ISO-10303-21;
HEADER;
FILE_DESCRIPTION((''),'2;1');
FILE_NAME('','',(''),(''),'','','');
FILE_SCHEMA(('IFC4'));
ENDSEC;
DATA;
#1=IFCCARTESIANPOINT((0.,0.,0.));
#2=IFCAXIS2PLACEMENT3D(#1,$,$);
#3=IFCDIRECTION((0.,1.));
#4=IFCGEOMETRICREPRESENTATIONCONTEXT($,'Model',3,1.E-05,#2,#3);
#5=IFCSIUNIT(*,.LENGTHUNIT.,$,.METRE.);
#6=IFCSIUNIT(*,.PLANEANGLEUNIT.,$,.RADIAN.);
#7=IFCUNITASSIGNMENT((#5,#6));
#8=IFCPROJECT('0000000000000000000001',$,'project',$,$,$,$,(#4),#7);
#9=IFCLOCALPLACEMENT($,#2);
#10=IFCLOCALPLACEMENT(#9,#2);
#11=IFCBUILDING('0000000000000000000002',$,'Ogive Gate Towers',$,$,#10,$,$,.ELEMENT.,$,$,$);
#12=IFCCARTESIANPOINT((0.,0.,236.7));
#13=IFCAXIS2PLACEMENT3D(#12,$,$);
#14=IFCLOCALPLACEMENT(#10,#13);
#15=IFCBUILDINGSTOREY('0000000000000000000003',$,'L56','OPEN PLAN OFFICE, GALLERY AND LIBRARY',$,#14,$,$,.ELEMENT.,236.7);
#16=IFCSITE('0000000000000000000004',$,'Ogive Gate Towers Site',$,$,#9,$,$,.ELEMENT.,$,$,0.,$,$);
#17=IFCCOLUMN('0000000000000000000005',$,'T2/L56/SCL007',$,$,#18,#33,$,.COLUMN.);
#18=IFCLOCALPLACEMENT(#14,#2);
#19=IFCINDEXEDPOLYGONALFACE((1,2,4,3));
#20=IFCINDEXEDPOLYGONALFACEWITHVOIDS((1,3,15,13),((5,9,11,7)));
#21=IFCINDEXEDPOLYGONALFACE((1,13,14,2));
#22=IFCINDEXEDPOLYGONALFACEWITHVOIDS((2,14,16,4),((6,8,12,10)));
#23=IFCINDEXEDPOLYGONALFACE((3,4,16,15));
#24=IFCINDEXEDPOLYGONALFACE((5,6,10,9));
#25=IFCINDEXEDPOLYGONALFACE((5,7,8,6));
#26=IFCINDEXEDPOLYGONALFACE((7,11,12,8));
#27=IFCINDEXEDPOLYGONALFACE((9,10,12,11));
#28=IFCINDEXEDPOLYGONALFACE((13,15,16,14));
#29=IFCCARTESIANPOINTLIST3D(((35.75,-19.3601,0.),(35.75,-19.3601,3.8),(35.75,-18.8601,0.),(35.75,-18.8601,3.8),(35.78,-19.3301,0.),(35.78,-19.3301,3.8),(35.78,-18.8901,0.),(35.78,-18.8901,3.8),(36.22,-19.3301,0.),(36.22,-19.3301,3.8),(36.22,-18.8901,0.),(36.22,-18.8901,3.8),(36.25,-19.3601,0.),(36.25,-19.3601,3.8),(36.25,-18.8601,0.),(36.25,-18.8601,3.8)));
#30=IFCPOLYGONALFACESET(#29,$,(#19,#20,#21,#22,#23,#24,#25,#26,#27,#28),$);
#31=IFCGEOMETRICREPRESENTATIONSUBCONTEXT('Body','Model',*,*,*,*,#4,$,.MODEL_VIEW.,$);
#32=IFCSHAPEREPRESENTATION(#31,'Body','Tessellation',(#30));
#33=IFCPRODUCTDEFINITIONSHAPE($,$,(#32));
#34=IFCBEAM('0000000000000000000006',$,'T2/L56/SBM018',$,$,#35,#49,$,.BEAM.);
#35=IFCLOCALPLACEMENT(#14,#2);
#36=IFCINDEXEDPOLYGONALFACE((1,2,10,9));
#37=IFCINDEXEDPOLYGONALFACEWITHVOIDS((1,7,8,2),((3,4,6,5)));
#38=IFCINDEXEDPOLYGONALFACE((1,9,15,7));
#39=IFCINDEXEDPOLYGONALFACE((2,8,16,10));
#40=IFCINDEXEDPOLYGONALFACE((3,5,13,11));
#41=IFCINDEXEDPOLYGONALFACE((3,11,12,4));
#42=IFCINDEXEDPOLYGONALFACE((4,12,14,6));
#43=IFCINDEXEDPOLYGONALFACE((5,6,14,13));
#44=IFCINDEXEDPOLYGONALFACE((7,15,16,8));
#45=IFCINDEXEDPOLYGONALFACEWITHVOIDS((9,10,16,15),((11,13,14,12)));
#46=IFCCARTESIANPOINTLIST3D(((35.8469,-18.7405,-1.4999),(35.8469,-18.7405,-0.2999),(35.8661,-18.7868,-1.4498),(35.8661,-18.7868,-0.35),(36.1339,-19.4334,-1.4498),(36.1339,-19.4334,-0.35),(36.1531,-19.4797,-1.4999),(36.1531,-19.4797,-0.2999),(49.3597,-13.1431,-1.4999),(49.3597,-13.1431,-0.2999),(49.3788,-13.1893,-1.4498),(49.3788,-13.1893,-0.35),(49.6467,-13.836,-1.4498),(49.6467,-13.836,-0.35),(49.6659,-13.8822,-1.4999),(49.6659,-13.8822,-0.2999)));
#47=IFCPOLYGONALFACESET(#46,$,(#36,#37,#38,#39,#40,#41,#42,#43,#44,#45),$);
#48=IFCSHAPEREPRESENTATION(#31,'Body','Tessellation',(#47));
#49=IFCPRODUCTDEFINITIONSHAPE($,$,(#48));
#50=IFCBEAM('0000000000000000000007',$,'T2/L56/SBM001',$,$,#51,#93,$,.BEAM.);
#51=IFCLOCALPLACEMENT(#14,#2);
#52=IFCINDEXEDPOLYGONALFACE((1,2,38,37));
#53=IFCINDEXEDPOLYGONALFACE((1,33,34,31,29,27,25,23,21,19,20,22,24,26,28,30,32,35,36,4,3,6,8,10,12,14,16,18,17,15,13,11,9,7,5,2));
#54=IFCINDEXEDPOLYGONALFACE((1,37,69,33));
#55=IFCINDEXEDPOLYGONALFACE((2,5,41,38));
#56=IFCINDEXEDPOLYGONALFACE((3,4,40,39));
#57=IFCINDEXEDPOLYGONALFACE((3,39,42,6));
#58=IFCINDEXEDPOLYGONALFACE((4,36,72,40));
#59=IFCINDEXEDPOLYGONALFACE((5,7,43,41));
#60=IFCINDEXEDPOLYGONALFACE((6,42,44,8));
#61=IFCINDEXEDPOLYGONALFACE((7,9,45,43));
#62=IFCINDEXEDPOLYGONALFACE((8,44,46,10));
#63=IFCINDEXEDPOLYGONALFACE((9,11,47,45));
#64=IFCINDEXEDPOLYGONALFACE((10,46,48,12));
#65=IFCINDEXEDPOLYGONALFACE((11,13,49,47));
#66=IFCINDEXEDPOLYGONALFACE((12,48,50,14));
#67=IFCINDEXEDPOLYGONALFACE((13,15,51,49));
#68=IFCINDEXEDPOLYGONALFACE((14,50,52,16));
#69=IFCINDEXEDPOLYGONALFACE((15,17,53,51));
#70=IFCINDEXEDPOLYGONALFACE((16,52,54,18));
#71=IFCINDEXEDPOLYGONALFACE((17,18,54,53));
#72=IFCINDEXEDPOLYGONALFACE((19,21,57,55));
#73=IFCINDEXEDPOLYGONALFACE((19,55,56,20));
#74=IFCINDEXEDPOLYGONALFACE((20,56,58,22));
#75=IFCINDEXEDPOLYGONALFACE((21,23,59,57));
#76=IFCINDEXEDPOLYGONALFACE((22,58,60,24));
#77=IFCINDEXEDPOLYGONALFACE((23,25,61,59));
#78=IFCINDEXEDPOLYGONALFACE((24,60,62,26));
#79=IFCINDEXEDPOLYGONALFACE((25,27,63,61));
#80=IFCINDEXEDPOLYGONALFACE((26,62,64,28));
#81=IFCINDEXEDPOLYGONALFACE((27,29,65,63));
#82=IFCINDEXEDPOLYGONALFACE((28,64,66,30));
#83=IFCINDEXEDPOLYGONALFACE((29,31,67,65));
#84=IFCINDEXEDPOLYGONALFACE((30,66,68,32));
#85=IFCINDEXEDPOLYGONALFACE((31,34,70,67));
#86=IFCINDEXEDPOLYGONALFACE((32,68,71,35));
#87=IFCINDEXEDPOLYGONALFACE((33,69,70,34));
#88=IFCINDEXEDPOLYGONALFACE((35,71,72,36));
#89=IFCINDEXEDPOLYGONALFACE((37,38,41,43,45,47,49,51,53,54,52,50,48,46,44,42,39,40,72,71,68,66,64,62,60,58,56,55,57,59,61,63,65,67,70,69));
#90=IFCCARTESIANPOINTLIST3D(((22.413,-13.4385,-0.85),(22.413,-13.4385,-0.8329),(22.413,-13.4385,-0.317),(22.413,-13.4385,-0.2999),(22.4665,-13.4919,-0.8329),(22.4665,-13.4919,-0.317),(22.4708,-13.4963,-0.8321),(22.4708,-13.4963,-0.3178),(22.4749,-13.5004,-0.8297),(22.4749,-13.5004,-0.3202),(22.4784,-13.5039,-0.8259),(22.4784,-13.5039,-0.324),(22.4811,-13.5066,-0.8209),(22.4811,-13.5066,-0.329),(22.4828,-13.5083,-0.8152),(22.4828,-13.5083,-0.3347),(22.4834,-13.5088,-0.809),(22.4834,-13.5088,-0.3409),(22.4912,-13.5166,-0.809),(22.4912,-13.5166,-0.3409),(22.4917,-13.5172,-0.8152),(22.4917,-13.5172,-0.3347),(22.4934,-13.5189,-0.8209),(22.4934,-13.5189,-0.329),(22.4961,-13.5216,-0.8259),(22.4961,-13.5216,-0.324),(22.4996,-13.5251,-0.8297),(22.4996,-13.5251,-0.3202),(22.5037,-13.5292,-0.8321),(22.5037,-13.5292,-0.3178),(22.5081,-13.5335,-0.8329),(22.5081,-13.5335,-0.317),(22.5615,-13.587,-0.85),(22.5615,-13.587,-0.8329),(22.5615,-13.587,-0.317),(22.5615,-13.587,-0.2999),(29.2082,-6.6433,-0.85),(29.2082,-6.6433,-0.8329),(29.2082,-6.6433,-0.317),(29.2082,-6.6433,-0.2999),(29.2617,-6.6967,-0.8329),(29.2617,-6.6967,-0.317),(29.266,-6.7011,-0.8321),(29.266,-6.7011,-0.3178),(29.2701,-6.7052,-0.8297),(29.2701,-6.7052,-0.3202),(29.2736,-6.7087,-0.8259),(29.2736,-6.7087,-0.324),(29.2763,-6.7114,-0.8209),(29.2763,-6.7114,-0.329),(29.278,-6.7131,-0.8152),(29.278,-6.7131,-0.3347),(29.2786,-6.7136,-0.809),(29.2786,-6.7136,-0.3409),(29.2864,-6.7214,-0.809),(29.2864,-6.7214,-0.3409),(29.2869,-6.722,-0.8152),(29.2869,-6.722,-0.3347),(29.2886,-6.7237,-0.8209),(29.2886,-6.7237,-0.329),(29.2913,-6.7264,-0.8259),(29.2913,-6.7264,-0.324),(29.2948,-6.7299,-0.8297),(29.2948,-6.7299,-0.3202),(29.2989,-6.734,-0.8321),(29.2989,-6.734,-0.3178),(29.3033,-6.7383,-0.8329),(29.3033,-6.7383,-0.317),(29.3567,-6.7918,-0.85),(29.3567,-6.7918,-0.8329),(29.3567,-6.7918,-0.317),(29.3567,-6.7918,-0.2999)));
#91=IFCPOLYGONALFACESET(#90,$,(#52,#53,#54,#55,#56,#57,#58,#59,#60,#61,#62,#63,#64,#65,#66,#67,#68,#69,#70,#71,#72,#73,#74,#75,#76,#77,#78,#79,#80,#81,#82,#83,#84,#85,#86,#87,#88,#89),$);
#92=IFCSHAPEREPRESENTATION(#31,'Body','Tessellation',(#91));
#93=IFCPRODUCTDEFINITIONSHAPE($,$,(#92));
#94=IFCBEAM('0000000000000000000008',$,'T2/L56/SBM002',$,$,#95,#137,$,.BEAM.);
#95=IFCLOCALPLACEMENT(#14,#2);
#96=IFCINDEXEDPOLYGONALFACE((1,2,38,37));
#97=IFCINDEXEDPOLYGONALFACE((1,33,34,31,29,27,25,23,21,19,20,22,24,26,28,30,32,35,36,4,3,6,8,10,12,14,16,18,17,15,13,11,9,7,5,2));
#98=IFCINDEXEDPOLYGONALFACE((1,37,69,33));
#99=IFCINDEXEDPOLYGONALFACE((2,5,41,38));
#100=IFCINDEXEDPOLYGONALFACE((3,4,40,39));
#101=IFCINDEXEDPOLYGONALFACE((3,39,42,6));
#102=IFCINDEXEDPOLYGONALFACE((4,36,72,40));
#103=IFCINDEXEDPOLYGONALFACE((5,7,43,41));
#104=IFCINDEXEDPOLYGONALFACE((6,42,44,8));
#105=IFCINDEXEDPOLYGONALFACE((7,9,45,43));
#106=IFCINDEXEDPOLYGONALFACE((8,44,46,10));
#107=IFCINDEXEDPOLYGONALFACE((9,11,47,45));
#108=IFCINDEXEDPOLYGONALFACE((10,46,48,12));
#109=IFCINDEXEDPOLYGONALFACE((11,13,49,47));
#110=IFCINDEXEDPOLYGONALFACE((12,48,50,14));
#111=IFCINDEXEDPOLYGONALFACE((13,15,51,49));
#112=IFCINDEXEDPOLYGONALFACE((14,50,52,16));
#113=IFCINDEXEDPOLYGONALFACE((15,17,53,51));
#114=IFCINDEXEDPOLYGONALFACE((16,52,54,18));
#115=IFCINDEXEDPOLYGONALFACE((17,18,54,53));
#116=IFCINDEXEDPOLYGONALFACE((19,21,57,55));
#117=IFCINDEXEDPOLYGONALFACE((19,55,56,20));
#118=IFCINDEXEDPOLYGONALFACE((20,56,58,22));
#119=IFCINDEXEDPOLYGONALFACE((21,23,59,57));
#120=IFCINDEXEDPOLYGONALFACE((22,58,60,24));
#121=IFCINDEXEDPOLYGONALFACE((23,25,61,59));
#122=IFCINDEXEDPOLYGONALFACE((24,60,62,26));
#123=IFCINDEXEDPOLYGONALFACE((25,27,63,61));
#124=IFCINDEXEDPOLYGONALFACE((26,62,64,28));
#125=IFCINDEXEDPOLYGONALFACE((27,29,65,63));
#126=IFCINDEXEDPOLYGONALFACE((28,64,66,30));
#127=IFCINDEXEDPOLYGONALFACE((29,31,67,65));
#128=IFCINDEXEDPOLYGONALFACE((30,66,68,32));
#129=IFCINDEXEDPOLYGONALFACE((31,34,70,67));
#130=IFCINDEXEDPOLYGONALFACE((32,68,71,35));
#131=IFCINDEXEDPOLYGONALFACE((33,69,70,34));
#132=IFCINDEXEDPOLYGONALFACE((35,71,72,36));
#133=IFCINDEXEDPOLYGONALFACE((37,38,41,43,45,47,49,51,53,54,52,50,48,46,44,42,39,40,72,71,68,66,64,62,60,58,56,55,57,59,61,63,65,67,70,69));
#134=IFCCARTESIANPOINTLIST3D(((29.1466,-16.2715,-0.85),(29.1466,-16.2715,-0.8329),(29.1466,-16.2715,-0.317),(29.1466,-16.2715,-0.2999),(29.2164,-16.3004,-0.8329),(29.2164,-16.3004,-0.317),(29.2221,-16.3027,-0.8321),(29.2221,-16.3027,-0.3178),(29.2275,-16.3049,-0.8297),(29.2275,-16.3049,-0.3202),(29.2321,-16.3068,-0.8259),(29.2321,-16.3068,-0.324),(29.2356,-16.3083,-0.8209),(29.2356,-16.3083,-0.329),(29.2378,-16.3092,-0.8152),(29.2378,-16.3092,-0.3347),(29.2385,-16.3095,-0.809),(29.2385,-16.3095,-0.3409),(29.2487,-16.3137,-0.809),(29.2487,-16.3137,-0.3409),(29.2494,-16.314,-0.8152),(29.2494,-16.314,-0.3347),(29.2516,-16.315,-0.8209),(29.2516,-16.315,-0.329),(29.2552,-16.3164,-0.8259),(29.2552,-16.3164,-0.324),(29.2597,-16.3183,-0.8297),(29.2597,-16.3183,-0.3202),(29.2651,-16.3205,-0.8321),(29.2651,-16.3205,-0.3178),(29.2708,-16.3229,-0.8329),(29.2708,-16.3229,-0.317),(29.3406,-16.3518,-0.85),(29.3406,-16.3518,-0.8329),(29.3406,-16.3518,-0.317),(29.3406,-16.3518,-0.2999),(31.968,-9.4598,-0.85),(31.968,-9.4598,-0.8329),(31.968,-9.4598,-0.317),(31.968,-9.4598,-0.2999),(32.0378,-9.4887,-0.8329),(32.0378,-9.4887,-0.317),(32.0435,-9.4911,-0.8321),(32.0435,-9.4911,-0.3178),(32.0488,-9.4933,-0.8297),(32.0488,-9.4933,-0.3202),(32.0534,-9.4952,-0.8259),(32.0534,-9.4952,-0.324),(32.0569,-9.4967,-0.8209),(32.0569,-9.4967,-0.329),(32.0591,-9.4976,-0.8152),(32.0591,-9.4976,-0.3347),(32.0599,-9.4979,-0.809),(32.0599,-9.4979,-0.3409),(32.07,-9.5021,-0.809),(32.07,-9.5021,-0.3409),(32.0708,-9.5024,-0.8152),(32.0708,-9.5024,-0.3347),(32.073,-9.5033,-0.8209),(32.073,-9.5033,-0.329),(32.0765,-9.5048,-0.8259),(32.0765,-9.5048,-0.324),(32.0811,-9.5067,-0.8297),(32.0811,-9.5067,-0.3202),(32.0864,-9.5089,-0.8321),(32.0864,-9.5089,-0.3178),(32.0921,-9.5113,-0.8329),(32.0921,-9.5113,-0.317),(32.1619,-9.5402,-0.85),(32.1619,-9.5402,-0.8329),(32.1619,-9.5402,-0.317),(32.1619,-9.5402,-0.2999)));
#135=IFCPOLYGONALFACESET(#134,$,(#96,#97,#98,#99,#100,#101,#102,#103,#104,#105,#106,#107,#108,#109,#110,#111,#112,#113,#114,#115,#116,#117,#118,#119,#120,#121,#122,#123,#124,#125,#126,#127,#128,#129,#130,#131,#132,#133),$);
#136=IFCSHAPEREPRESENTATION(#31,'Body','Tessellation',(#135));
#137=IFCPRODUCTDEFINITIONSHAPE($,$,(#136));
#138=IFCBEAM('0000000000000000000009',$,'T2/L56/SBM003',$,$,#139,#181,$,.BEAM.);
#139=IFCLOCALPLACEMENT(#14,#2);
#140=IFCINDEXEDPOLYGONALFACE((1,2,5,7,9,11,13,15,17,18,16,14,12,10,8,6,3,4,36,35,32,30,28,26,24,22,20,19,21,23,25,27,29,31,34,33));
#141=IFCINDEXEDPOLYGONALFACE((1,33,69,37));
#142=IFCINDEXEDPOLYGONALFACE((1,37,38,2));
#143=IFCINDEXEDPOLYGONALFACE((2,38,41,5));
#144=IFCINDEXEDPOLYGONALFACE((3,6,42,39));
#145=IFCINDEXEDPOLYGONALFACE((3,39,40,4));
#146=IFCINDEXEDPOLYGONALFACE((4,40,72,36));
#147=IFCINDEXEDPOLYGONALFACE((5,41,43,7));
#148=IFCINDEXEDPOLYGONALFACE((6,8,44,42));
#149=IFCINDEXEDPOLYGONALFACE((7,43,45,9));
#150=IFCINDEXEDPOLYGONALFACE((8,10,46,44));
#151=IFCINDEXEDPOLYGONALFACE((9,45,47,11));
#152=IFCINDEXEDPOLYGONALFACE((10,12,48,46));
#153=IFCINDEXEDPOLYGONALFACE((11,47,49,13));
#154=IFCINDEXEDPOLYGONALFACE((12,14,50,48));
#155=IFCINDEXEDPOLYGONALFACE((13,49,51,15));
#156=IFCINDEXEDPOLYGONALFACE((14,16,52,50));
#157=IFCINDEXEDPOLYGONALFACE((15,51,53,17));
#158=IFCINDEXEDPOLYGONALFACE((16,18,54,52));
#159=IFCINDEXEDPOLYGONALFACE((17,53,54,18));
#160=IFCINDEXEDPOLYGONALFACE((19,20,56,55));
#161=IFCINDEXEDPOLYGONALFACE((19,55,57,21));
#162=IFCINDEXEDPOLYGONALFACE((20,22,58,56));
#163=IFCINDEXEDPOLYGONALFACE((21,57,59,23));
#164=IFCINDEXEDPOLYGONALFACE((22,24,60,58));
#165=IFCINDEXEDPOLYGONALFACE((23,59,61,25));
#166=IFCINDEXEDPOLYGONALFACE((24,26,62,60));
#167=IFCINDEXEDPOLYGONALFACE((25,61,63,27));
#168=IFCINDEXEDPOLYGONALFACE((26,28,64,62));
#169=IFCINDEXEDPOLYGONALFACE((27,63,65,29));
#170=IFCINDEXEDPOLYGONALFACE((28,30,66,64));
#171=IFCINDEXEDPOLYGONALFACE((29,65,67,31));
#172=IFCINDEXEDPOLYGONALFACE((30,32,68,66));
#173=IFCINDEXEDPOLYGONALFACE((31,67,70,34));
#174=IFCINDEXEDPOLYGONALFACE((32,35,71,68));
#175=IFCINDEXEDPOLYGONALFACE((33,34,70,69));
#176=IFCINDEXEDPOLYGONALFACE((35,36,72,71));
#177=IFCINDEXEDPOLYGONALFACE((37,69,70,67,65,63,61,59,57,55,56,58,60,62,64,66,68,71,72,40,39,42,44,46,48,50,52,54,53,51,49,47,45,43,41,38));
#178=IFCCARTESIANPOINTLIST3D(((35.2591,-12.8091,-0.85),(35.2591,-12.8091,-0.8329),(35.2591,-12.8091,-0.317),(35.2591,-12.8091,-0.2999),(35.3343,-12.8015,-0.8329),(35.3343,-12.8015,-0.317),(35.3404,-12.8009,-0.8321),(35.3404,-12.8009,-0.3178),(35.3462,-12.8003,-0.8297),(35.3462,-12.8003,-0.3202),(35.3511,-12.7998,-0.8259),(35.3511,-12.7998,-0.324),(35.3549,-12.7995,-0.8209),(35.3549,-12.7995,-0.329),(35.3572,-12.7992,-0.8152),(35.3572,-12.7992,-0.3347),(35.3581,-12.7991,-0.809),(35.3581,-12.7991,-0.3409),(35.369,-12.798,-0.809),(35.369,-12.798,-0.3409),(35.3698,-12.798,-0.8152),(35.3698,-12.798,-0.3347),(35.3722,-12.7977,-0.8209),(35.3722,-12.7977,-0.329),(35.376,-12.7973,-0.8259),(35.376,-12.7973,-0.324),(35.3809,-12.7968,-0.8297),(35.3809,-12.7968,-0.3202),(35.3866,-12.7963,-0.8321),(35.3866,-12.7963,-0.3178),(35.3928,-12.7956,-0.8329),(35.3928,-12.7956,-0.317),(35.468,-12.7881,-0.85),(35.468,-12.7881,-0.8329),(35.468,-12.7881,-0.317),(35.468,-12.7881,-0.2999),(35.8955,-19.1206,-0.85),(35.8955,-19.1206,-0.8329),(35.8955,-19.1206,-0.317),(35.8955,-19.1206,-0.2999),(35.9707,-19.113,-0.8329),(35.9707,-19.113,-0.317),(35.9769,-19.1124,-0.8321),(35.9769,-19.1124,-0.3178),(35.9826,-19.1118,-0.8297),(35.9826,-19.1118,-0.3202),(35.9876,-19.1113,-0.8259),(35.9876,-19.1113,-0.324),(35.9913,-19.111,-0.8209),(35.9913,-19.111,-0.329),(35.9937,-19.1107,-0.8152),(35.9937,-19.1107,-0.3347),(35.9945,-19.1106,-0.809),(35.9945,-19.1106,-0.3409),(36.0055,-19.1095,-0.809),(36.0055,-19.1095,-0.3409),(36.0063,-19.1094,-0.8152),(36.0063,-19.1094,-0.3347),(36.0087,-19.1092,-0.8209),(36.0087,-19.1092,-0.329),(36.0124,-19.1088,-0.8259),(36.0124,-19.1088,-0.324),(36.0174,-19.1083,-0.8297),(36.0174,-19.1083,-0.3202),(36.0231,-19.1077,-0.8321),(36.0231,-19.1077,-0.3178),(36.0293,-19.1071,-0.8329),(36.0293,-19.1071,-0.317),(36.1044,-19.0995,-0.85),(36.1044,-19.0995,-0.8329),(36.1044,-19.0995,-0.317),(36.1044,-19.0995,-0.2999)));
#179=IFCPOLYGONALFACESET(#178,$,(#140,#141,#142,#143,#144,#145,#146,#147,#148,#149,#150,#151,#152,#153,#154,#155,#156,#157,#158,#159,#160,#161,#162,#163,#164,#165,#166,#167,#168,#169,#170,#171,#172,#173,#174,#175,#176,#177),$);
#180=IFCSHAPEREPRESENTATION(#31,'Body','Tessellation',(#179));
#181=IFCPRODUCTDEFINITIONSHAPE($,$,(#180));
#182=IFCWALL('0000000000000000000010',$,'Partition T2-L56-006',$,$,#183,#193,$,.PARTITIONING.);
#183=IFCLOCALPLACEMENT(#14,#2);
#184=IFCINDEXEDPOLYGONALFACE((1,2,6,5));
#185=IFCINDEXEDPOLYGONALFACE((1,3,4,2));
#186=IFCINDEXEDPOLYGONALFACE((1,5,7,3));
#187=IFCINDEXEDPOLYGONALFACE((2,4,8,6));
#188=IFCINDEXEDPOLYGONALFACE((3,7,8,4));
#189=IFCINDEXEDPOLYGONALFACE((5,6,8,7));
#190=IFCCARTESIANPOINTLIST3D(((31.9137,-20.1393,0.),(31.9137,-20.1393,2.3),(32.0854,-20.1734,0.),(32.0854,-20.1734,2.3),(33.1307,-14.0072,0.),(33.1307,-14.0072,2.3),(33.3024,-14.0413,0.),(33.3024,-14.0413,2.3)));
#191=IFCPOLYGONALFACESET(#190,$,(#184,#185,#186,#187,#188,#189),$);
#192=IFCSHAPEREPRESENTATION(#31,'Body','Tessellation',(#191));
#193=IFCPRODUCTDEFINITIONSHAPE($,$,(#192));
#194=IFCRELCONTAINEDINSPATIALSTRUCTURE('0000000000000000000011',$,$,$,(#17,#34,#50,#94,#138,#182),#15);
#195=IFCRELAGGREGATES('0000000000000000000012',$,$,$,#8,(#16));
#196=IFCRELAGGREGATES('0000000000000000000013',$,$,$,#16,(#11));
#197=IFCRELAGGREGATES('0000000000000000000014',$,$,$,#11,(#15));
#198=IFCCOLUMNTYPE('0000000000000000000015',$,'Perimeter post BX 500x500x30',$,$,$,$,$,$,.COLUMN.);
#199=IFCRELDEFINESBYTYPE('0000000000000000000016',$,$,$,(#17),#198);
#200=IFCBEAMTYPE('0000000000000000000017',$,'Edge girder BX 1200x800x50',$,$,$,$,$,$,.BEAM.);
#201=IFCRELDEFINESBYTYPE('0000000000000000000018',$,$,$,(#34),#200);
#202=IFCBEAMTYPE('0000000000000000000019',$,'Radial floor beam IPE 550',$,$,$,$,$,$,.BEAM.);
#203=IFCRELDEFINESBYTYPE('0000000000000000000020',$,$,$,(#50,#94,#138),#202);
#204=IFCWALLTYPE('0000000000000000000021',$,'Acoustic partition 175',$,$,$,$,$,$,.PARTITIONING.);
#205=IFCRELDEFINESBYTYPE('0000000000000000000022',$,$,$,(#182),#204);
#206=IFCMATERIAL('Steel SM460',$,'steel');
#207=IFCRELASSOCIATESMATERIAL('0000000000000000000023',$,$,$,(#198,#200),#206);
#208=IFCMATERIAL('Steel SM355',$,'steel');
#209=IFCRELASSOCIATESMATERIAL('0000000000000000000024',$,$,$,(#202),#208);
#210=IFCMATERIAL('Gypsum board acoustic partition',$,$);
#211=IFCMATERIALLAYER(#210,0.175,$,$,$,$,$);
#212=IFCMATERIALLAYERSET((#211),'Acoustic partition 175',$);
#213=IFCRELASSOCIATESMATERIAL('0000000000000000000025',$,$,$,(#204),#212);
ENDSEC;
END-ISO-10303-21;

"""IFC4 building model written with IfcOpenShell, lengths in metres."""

from ifc_helpers import new_model, si_unit, direction, frame, frame_2d, origin, origin_2d, place, context, subcontext, project, spatial, rectangle, hollow_rectangle, i_section, extrude, material, layer, layer_set, material_profile, profile_set, type_object, element, save


model = new_model("IFC4")

# Units and contexts
model_context = context("Model", 3, precision=1e-05, world=origin(), true_north=direction((0.0, 1.0)))
body_context = subcontext(model_context, "Body", "Model", "MODEL_VIEW")
ifc_project = project(units=[si_unit("LENGTHUNIT", "METRE"), si_unit("PLANEANGLEUNIT", "RADIAN")], contexts=[model_context])

# Site, building, storey
site_placement = place(None, origin())
site = spatial("IfcSite", under=ifc_project, at=site_placement, Name="Ogive Gate Towers Site", CompositionType="ELEMENT", RefElevation=0.0)
building_placement = place(site_placement, origin())
building = spatial("IfcBuilding", under=site, at=building_placement, Name="Ogive Gate Towers", CompositionType="ELEMENT")
storey_placement = place(building_placement, frame((0.0, 0.0, 236.7)))
storey = spatial("IfcBuildingStorey", under=building, at=storey_placement, Name="L56", Description="OPEN PLAN OFFICE, GALLERY AND LIBRARY", CompositionType="ELEMENT", Elevation=236.7)

# Column
ifc_material_1 = material(Name="Steel SM460", Category="steel")
ifc_material_profile_1 = material_profile(ifc_material_1, hollow_rectangle(XDim=0.5, YDim=0.5, WallThickness=0.03, at=origin_2d()), Name="BX 500x500x30")
ifc_profile_set_1 = profile_set([ifc_material_profile_1], Name="Steel SM460")
column_type = type_object("IfcColumnType", Name="Perimeter post BX 500x500x30", PredefinedType="COLUMN", material=ifc_profile_set_1)
column_placement = place(storey_placement, frame((36.0, -19.1101, 0.0), z_axis=(0.0, 0.0, 1.0), x_axis=(1.0, 0.0, 0.0)))
element("IfcColumn", 1, at=column_placement, inside=storey, type_object=column_type, Name="T2/L56/SCL007", PredefinedType="COLUMN", context=body_context, shape_type="SweptSolid", body=[
    extrude(hollow_rectangle(XDim=0.5, YDim=0.5, WallThickness=0.03, at=origin_2d()), origin(), (0.0, 0.0, 1.0), 3.8),
])

# Beams
ifc_material_profile_2 = material_profile(ifc_material_1, hollow_rectangle(XDim=0.8, YDim=1.2, WallThickness=0.05, at=origin_2d()), Name="BX 1200x800x50")
ifc_profile_set_2 = profile_set([ifc_material_profile_2], Name="Steel SM460")
beam_type_1 = type_object("IfcBeamType", Name="Edge girder BX 1200x800x50", PredefinedType="BEAM", material=ifc_profile_set_2)
beam_1_placement = place(storey_placement, frame((36.0, -19.1101, -0.8999), z_axis=(0.923873, 0.382699, 0.0), x_axis=(-0.382699, 0.923873, 0.0)))
element("IfcBeam", 2, at=beam_1_placement, inside=storey, type_object=beam_type_1, Name="T2/L56/SBM018", PredefinedType="BEAM", context=body_context, shape_type="SweptSolid", body=[
    extrude(hollow_rectangle(XDim=0.8, YDim=1.2, WallThickness=0.05, at=origin_2d()), origin(), (0.0, 0.0, 1.0), 14.6262),
])
ifc_material_2 = material(Name="Steel SM355", Category="steel")
ifc_material_profile_3 = material_profile(ifc_material_2, i_section(OverallWidth=0.21, OverallDepth=0.55, WebThickness=0.011, FlangeThickness=0.0171, FilletRadius=0.0239, at=origin_2d()), Name="IPE 550")
ifc_profile_set_3 = profile_set([ifc_material_profile_3], Name="Steel SM355")
beam_type_2 = type_object("IfcBeamType", Name="Radial floor beam IPE 550", PredefinedType="BEAM", material=ifc_profile_set_3)
beam_2_placement = place(storey_placement, frame((29.2825, -6.7175, -0.575), z_axis=(-0.707107, -0.707107, 0.0), x_axis=(0.707107, -0.707107, 0.0)))
element("IfcBeam", 3, at=beam_2_placement, inside=storey, type_object=beam_type_2, Name="T2/L56/SBM001", PredefinedType="BEAM", context=body_context, shape_type="SweptSolid", body=[
    extrude(i_section(OverallWidth=0.21, OverallDepth=0.55, WebThickness=0.011, FlangeThickness=0.0171, FilletRadius=0.0239, at=origin_2d()), origin(), (0.0, 0.0, 1.0), 9.6099),
])
beam_3_placement = place(storey_placement, frame((32.0649, -9.5, -0.575), z_axis=(-0.382668, -0.923886, 0.0), x_axis=(0.923886, -0.382668, 0.0)))
element("IfcBeam", 4, at=beam_3_placement, inside=storey, type_object=beam_type_2, Name="T2/L56/SBM002", PredefinedType="BEAM", context=body_context, shape_type="SweptSolid", body=[
    extrude(i_section(OverallWidth=0.21, OverallDepth=0.55, WebThickness=0.011, FlangeThickness=0.0171, FilletRadius=0.0239, at=origin_2d()), origin(), (0.0, 0.0, 1.0), 7.3728),
])
beam_4_placement = place(storey_placement, frame((35.3635, -12.7986, -0.575), z_axis=(0.100334, -0.994954, 0.0), x_axis=(0.994954, 0.100334, 0.0)))
element("IfcBeam", 5, at=beam_4_placement, inside=storey, type_object=beam_type_2, Name="T2/L56/SBM003", PredefinedType="BEAM", context=body_context, shape_type="SweptSolid", body=[
    extrude(i_section(OverallWidth=0.21, OverallDepth=0.55, WebThickness=0.011, FlangeThickness=0.0171, FilletRadius=0.0239, at=origin_2d()), origin(), (0.0, 0.0, 1.0), 6.3435),
])

# Wall
ifc_material_3 = material(Name="Gypsum board acoustic partition")
ifc_layer_1 = layer(ifc_material_3, 0.175)
ifc_layer_set_1 = layer_set([ifc_layer_1], Name="Acoustic partition 175")
wall_type_1 = type_object("IfcWallType", Name="Acoustic partition 175", PredefinedType="PARTITIONING", material=ifc_layer_set_1)
wall_1_placement = place(storey_placement, frame((31.9995, -20.1565, 0.0), z_axis=(0.0, 0.0, 1.0), x_axis=(0.194674, 0.980868, 0.0)))
element("IfcWall", 6, at=wall_1_placement, inside=storey, type_object=wall_type_1, Name="Partition T2-L56-006", PredefinedType="PARTITIONING", context=body_context, shape_type="SweptSolid", body=[
    extrude(rectangle(XDim=6.2517, YDim=0.175, at=frame_2d((3.126, 0.0))), origin(), (0.0, 0.0, 1.0), 2.3),
])

save(model, "model.ifc")
